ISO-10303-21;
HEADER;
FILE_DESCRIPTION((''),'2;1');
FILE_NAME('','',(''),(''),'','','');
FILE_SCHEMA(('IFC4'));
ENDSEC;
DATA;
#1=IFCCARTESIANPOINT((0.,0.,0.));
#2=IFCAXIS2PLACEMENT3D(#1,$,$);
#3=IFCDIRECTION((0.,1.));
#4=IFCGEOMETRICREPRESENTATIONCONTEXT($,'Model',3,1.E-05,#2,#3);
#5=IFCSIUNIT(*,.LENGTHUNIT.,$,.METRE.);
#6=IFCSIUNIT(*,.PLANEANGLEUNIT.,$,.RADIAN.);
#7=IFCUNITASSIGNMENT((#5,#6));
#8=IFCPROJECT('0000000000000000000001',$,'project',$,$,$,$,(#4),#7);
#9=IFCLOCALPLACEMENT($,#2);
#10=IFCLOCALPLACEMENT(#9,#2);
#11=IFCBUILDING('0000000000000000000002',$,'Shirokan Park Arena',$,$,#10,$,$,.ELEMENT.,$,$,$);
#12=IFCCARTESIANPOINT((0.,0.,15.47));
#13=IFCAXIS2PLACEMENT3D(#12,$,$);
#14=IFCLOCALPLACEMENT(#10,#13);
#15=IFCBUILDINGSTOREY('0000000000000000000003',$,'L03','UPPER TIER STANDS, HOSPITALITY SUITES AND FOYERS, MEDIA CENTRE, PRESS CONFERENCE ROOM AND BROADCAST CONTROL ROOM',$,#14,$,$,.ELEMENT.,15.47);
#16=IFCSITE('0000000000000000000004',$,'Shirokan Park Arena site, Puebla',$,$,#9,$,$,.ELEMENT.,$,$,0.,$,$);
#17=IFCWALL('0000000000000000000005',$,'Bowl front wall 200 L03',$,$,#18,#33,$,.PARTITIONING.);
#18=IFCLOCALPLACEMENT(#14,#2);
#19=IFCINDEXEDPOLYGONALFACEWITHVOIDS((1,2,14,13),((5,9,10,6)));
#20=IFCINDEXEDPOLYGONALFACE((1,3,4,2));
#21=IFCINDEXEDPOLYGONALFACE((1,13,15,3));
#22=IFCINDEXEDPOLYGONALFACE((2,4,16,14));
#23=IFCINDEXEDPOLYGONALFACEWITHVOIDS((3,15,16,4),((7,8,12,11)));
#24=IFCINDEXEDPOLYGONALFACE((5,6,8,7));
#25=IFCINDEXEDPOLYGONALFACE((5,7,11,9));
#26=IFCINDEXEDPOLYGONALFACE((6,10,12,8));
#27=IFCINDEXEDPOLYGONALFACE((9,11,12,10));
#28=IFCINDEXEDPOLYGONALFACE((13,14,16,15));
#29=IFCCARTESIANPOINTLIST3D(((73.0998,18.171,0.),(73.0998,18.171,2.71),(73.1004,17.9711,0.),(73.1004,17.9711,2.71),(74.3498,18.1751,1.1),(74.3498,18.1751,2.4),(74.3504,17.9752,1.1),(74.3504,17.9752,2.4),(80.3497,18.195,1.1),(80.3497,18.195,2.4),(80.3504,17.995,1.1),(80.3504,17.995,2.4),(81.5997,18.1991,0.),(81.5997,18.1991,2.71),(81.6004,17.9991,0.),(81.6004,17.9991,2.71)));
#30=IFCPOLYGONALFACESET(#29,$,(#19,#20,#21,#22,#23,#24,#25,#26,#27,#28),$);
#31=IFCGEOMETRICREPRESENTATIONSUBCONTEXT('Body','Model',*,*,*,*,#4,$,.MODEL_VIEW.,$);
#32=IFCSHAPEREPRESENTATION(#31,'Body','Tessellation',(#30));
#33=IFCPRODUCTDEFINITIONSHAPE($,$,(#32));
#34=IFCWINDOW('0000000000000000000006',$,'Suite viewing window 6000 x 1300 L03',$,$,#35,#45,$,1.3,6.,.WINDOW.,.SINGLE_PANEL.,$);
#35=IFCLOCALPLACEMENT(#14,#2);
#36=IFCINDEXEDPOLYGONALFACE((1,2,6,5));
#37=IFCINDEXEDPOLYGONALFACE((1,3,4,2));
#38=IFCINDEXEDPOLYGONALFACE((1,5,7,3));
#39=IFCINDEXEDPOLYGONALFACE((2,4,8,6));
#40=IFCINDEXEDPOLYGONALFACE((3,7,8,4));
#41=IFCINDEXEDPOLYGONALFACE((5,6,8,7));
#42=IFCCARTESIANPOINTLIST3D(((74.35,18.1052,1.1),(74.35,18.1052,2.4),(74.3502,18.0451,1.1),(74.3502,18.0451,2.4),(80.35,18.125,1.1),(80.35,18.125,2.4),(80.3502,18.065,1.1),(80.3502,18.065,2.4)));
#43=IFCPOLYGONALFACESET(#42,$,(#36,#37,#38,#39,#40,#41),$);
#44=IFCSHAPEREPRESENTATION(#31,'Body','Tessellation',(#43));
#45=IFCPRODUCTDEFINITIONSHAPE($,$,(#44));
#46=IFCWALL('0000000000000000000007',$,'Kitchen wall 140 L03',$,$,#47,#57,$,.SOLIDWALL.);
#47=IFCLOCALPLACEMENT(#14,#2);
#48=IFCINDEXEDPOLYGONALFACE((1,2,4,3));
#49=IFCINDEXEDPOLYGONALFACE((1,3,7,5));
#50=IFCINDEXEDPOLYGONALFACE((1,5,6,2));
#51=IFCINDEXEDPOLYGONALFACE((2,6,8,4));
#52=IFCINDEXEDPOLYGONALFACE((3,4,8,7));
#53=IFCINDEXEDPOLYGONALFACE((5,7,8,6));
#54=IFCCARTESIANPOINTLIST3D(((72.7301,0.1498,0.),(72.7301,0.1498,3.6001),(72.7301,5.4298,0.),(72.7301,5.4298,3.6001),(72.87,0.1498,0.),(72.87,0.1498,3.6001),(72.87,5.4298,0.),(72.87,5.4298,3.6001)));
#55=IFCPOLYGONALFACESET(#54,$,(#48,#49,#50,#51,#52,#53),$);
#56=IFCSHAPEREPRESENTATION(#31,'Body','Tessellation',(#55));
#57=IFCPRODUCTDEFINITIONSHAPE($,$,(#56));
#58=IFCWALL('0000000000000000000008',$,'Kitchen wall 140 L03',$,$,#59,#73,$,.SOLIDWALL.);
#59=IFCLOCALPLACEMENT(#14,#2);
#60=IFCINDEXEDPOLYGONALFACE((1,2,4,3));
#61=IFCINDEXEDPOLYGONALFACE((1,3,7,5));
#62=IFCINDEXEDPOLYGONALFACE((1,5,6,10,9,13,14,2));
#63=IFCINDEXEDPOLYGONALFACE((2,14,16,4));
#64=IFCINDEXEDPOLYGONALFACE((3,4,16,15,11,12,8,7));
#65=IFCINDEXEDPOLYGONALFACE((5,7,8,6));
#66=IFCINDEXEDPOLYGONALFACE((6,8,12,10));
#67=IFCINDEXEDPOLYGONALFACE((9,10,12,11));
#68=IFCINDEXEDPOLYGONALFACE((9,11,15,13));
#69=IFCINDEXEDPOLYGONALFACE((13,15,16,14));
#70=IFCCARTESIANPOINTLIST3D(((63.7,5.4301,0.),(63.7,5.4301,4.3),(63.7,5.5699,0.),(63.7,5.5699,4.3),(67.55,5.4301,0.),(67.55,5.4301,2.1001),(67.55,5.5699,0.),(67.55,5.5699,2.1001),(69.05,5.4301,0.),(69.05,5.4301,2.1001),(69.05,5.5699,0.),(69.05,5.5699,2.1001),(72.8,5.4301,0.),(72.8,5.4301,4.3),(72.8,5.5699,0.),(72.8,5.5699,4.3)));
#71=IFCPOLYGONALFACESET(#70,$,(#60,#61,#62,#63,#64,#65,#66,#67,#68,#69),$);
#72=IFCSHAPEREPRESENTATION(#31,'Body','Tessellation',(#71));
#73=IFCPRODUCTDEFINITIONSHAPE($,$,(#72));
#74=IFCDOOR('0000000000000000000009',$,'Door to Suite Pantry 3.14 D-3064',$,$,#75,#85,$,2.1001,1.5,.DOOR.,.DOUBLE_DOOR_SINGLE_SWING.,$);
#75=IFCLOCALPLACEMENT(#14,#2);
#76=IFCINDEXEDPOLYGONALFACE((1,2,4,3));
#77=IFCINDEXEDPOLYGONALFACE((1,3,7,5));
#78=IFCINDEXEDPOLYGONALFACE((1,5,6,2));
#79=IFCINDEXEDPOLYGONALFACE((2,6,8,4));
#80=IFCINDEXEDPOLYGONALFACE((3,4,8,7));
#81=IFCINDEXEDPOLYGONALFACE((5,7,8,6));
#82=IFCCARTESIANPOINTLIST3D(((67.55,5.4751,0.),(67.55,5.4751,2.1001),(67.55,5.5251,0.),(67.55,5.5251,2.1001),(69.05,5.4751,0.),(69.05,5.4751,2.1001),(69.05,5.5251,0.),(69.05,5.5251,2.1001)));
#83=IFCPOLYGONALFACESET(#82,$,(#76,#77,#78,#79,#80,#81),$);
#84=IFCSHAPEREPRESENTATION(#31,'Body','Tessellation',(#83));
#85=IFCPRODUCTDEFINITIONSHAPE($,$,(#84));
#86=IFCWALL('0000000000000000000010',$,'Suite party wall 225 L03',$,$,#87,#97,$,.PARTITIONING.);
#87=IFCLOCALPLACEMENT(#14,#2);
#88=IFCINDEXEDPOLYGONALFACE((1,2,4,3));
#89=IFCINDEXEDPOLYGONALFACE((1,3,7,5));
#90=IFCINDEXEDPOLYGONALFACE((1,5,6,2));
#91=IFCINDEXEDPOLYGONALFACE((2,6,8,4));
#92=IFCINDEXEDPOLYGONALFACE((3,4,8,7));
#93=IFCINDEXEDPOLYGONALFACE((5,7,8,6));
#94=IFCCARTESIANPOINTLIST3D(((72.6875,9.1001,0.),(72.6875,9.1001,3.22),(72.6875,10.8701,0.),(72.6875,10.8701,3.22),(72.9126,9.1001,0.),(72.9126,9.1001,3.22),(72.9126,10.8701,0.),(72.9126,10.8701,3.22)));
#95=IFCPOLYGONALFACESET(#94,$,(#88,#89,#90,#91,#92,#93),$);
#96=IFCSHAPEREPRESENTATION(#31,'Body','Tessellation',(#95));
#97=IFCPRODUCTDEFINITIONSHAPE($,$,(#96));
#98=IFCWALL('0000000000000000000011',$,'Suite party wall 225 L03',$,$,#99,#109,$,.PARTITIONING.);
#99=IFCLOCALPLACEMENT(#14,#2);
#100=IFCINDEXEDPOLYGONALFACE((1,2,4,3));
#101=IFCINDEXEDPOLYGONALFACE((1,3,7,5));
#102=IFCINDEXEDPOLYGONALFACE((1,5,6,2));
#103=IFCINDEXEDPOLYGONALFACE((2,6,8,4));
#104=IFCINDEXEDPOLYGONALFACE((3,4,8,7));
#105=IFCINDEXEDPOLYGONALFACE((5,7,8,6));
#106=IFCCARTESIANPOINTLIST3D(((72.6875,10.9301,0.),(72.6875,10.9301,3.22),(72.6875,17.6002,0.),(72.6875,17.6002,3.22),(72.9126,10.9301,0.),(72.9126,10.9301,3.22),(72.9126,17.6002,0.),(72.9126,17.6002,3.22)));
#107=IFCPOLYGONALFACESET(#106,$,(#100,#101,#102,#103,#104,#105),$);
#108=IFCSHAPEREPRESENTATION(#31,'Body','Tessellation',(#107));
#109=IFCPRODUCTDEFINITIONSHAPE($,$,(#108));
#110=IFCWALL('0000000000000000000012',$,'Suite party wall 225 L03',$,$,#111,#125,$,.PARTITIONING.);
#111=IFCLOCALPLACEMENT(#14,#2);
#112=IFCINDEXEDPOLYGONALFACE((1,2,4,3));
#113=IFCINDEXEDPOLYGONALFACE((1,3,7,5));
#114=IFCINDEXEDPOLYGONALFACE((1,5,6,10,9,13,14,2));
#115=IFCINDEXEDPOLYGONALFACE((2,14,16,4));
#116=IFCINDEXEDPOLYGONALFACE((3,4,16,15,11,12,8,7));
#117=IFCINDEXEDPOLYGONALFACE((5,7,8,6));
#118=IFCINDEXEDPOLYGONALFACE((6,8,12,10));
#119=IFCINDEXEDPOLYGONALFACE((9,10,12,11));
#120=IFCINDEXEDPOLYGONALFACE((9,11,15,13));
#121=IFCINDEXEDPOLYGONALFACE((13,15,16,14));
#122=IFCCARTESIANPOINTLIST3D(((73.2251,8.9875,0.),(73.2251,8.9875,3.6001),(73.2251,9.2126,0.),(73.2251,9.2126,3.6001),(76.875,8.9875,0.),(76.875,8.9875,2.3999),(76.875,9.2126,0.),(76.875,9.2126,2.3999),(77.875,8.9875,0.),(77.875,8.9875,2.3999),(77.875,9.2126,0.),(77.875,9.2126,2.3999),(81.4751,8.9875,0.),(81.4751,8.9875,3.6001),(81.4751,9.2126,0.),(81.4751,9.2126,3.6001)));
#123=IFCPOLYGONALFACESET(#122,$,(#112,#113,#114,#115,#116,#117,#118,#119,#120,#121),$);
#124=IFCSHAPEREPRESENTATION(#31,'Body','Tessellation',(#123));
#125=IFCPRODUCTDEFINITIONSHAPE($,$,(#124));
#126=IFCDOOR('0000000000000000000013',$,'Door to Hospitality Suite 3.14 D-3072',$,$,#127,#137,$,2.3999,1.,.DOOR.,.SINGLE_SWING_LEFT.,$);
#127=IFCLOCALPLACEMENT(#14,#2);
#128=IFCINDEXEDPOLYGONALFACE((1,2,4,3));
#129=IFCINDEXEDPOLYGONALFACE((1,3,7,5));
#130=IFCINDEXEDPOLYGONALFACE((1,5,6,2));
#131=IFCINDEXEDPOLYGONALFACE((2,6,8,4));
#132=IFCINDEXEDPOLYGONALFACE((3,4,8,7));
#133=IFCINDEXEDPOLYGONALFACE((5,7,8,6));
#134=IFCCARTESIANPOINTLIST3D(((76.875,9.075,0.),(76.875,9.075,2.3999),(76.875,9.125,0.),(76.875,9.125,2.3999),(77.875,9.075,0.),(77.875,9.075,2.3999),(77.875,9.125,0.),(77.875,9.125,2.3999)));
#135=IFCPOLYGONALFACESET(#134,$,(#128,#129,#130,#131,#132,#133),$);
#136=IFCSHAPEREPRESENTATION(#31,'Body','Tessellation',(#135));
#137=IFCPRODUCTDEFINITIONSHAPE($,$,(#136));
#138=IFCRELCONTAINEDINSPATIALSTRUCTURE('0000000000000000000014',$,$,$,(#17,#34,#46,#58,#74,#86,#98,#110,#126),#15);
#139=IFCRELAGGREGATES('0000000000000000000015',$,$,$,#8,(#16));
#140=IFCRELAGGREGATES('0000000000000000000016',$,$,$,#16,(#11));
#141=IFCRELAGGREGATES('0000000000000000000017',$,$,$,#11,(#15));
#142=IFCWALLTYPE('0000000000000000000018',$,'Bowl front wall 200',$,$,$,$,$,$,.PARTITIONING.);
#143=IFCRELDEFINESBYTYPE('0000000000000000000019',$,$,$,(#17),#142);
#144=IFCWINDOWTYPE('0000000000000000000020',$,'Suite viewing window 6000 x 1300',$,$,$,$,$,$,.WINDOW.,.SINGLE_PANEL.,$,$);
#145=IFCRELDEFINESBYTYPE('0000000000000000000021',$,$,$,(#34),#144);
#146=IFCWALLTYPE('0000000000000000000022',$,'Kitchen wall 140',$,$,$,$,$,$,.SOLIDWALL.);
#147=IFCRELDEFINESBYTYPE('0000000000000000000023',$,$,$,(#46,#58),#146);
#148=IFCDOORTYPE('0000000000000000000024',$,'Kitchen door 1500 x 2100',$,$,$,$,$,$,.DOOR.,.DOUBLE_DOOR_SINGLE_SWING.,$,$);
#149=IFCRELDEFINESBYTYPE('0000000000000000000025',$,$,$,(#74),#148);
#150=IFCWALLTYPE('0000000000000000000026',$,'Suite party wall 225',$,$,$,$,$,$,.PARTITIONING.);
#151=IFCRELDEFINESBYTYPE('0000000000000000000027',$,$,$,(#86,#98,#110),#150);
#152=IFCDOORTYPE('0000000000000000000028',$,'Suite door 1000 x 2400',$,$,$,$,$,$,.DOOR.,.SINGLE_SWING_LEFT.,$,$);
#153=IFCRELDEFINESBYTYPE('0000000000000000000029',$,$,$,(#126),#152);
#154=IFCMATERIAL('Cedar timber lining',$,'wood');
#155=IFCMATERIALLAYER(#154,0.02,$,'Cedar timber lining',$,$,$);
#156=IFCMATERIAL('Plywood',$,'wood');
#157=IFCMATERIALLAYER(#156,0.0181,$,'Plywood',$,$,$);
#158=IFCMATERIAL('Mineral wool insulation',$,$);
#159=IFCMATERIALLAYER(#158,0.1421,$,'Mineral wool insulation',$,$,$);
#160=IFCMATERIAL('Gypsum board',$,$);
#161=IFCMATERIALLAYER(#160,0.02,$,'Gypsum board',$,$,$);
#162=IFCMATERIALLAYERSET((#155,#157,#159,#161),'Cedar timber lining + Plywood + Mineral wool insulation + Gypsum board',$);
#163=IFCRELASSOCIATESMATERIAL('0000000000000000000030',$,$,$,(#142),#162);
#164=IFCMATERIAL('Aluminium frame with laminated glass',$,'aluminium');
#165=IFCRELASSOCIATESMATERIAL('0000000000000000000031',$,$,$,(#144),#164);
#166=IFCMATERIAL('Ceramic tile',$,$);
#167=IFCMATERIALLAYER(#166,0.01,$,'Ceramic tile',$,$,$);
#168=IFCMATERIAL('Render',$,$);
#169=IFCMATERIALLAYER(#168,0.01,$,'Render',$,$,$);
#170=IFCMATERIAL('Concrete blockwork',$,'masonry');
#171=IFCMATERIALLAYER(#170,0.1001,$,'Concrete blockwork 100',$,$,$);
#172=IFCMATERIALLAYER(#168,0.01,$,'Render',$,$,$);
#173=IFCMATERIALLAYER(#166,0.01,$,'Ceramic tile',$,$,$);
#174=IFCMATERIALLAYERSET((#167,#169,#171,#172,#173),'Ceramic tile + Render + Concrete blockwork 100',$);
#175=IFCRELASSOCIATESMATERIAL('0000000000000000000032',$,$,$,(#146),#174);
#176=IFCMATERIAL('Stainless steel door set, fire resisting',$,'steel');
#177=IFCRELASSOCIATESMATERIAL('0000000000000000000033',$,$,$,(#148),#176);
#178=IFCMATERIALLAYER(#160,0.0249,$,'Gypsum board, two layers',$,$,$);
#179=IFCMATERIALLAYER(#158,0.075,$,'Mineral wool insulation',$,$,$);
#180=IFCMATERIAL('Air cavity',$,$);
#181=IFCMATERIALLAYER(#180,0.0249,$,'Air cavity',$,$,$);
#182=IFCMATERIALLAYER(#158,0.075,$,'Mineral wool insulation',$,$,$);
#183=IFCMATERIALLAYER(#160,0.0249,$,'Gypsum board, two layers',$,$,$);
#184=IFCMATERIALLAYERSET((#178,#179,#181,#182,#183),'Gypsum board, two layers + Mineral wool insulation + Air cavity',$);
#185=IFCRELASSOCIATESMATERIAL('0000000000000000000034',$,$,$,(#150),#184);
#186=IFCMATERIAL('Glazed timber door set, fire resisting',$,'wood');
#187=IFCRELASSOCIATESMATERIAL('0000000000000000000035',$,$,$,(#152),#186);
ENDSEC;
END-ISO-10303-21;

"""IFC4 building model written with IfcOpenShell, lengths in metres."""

from ifc_helpers import new_model, si_unit, direction, frame, frame_2d, origin, place, context, subcontext, project, spatial, rectangle, extrude, material, layer, layer_set, type_object, element, fill, save


model = new_model("IFC4")

# Units and contexts
model_context = context("Model", 3, precision=1e-05, world=origin(), true_north=direction((0.0, 1.0)))
body_context = subcontext(model_context, "Body", "Model", "MODEL_VIEW")
ifc_project = project(units=[si_unit("LENGTHUNIT", "METRE"), si_unit("PLANEANGLEUNIT", "RADIAN")], contexts=[model_context])

# Site, building, storey
site_placement = place(None, origin())
site = spatial("IfcSite", under=ifc_project, at=site_placement, Name="Shirokan Park Arena site, Puebla", CompositionType="ELEMENT", RefElevation=0.0)
building_placement = place(site_placement, origin())
building = spatial("IfcBuilding", under=site, at=building_placement, Name="Shirokan Park Arena", CompositionType="ELEMENT")
storey_placement = place(building_placement, frame((0.0, 0.0, 15.47)))
storey = spatial("IfcBuildingStorey", under=building, at=storey_placement, Name="L03", Description="UPPER TIER STANDS, HOSPITALITY SUITES AND FOYERS, MEDIA CENTRE, PRESS CONFERENCE ROOM AND BROADCAST CONTROL ROOM", CompositionType="ELEMENT", Elevation=15.47)

# Wall, opening, window
ifc_material_1 = material(Name="Cedar timber lining", Category="wood")
ifc_layer_1 = layer(ifc_material_1, 0.02, Name="Cedar timber lining")
ifc_material_2 = material(Name="Plywood", Category="wood")
ifc_layer_2 = layer(ifc_material_2, 0.0181, Name="Plywood")
ifc_material_3 = material(Name="Mineral wool insulation")
ifc_layer_3 = layer(ifc_material_3, 0.1421, Name="Mineral wool insulation")
ifc_material_4 = material(Name="Gypsum board")
ifc_layer_4 = layer(ifc_material_4, 0.02, Name="Gypsum board")
ifc_layer_set_1 = layer_set([ifc_layer_1, ifc_layer_2, ifc_layer_3, ifc_layer_4], Name="Cedar timber lining + Plywood + Mineral wool insulation + Gypsum board")
wall_type_1 = type_object("IfcWallType", Name="Bowl front wall 200", PredefinedType="PARTITIONING", material=ifc_layer_set_1)
wall_1_placement = place(storey_placement, frame((73.1001, 18.071, 0.0), z_axis=(0.0, 0.0, 1.0), x_axis=(0.999995, 0.003303, 0.0)))
wall_1 = element("IfcWall", 1, at=wall_1_placement, inside=storey, type_object=wall_type_1, Name="Bowl front wall 200 L03", PredefinedType="PARTITIONING", context=body_context, shape_type="SweptSolid", body=[
    extrude(rectangle(XDim=8.5, YDim=0.2, at=frame_2d((4.25, 0.0))), origin(), (0.0, 0.0, 1.0), 2.71),
])
opening_1_placement = place(wall_1_placement, frame((1.25, 0.0, 1.1001)))
opening_1 = element("IfcOpeningElement", 2, at=opening_1_placement, cuts=wall_1, PredefinedType="OPENING", context=body_context, shape_type="SweptSolid", body=[
    extrude(rectangle(XDim=6.0, YDim=1.3, at=frame_2d((3.0, 0.6499))), frame((0.0, 0.1099, 0.0), z_axis=(0.0, -1.0, 0.0), x_axis=(1.0, 0.0, 0.0)), (0.0, 0.0, 1.0), 0.22),
])
ifc_material_5 = material(Name="Aluminium frame with laminated glass", Category="aluminium")
window_type = type_object("IfcWindowType", Name="Suite viewing window 6000 x 1300", PartitioningType="SINGLE_PANEL", PredefinedType="WINDOW", material=ifc_material_5)
window_placement = place(opening_1_placement, origin())
window = element("IfcWindow", 3, at=window_placement, inside=storey, type_object=window_type, Name="Suite viewing window 6000 x 1300 L03", OverallHeight=1.3, OverallWidth=6.0, PartitioningType="SINGLE_PANEL", PredefinedType="WINDOW", context=body_context, shape_type="SweptSolid", body=[
    extrude(rectangle(XDim=6.0, YDim=1.3, at=frame_2d((3.0, 0.6499))), frame((0.0, 0.03, 0.0), z_axis=(0.0, -1.0, 0.0), x_axis=(1.0, 0.0, 0.0)), (0.0, 0.0, 1.0), 0.0601),
])
fill(opening_1, window)

# Wall
ifc_material_6 = material(Name="Ceramic tile")
ifc_layer_5 = layer(ifc_material_6, 0.01, Name="Ceramic tile")
ifc_material_7 = material(Name="Render")
ifc_layer_6 = layer(ifc_material_7, 0.01, Name="Render")
ifc_material_8 = material(Name="Concrete blockwork", Category="masonry")
ifc_layer_7 = layer(ifc_material_8, 0.1001, Name="Concrete blockwork 100")
ifc_layer_8 = layer(ifc_material_7, 0.01, Name="Render")
ifc_layer_9 = layer(ifc_material_6, 0.01, Name="Ceramic tile")
ifc_layer_set_2 = layer_set([ifc_layer_5, ifc_layer_6, ifc_layer_7, ifc_layer_8, ifc_layer_9], Name="Ceramic tile + Render + Concrete blockwork 100")
wall_type_2 = type_object("IfcWallType", Name="Kitchen wall 140", PredefinedType="SOLIDWALL", material=ifc_layer_set_2)
wall_2_placement = place(storey_placement, frame((72.8, 5.4299, 0.0), z_axis=(0.0, 0.0, 1.0), x_axis=(0.0, -1.0, 0.0)))
element("IfcWall", 4, at=wall_2_placement, inside=storey, type_object=wall_type_2, Name="Kitchen wall 140 L03", PredefinedType="SOLIDWALL", context=body_context, shape_type="SweptSolid", body=[
    extrude(rectangle(XDim=5.28, YDim=0.1399, at=frame_2d((2.6401, 0.0))), origin(), (0.0, 0.0, 1.0), 3.6001),
])

# Wall, opening, door
wall_3_placement = place(storey_placement, frame((72.8, 5.5, 0.0), z_axis=(0.0, 0.0, 1.0), x_axis=(-1.0, 0.0, 0.0)))
wall_3 = element("IfcWall", 5, at=wall_3_placement, inside=storey, type_object=wall_type_2, Name="Kitchen wall 140 L03", PredefinedType="SOLIDWALL", context=body_context, shape_type="SweptSolid", body=[
    extrude(rectangle(XDim=9.1001, YDim=0.1399, at=frame_2d((4.55, 0.0))), origin(), (0.0, 0.0, 1.0), 4.3),
])
opening_2_placement = place(wall_3_placement, frame((3.75, 0.0, 0.0)))
opening_2 = element("IfcOpeningElement", 6, at=opening_2_placement, cuts=wall_3, PredefinedType="OPENING", context=body_context, shape_type="SweptSolid", body=[
    extrude(rectangle(XDim=1.5, YDim=2.1001, at=frame_2d((0.75, 1.05))), frame((0.0, 0.0798, 0.0), z_axis=(0.0, -1.0, 0.0), x_axis=(1.0, 0.0, 0.0)), (0.0, 0.0, 1.0), 0.1599),
])
ifc_material_9 = material(Name="Stainless steel door set, fire resisting", Category="steel")
door_type_1 = type_object("IfcDoorType", Name="Kitchen door 1500 x 2100", OperationType="DOUBLE_DOOR_SINGLE_SWING", PredefinedType="DOOR", material=ifc_material_9)
door_1_placement = place(opening_2_placement, origin())
door_1 = element("IfcDoor", 7, at=door_1_placement, inside=storey, type_object=door_type_1, Name="Door to Suite Pantry 3.14 D-3064", OperationType="DOUBLE_DOOR_SINGLE_SWING", OverallHeight=2.1001, OverallWidth=1.5, PredefinedType="DOOR", context=body_context, shape_type="SweptSolid", body=[
    extrude(rectangle(XDim=1.5, YDim=2.1001, at=frame_2d((0.75, 1.05))), frame((0.0, 0.0249, 0.0), z_axis=(0.0, -1.0, 0.0), x_axis=(1.0, 0.0, 0.0)), (0.0, 0.0, 1.0), 0.05),
])
fill(opening_2, door_1)

# Walls
ifc_layer_10 = layer(ifc_material_4, 0.0249, Name="Gypsum board, two layers")
ifc_layer_11 = layer(ifc_material_3, 0.075, Name="Mineral wool insulation")
ifc_material_10 = material(Name="Air cavity")
ifc_layer_12 = layer(ifc_material_10, 0.0249, Name="Air cavity")
ifc_layer_13 = layer(ifc_material_3, 0.075, Name="Mineral wool insulation")
ifc_layer_14 = layer(ifc_material_4, 0.0249, Name="Gypsum board, two layers")
ifc_layer_set_3 = layer_set([ifc_layer_10, ifc_layer_11, ifc_layer_12, ifc_layer_13, ifc_layer_14], Name="Gypsum board, two layers + Mineral wool insulation + Air cavity")
wall_type_3 = type_object("IfcWallType", Name="Suite party wall 225", PredefinedType="PARTITIONING", material=ifc_layer_set_3)
wall_4_placement = place(storey_placement, frame((72.8, 10.8701, 0.0), z_axis=(0.0, 0.0, 1.0), x_axis=(0.0, -1.0, 0.0)))
element("IfcWall", 8, at=wall_4_placement, inside=storey, type_object=wall_type_3, Name="Suite party wall 225 L03", PredefinedType="PARTITIONING", context=body_context, shape_type="SweptSolid", body=[
    extrude(rectangle(XDim=1.77, YDim=0.2251, at=frame_2d((0.885, 0.0))), origin(), (0.0, 0.0, 1.0), 3.22),
])
wall_5_placement = place(storey_placement, frame((72.8, 17.6001, 0.0), z_axis=(0.0, 0.0, 1.0), x_axis=(0.0, -1.0, 0.0)))
element("IfcWall", 9, at=wall_5_placement, inside=storey, type_object=wall_type_3, Name="Suite party wall 225 L03", PredefinedType="PARTITIONING", context=body_context, shape_type="SweptSolid", body=[
    extrude(rectangle(XDim=6.6702, YDim=0.2251, at=frame_2d((3.335, 0.0))), origin(), (0.0, 0.0, 1.0), 3.22),
])

# Wall, opening, door
wall_6_placement = place(storey_placement, frame((73.2251, 9.1001, 0.0), z_axis=(0.0, 0.0, 1.0), x_axis=(1.0, 0.0, 0.0)))
wall_6 = element("IfcWall", 10, at=wall_6_placement, inside=storey, type_object=wall_type_3, Name="Suite party wall 225 L03", PredefinedType="PARTITIONING", context=body_context, shape_type="SweptSolid", body=[
    extrude(rectangle(XDim=8.25, YDim=0.2251, at=frame_2d((4.125, 0.0))), origin(), (0.0, 0.0, 1.0), 3.6001),
])
opening_3_placement = place(wall_6_placement, frame((3.6499, 0.0, 0.0)))
opening_3 = element("IfcOpeningElement", 11, at=opening_3_placement, cuts=wall_6, PredefinedType="OPENING", context=body_context, shape_type="SweptSolid", body=[
    extrude(rectangle(XDim=1.0, YDim=2.3999, at=frame_2d((0.5, 1.2))), frame((0.0, 0.1226, 0.0), z_axis=(0.0, -1.0, 0.0), x_axis=(1.0, 0.0, 0.0)), (0.0, 0.0, 1.0), 0.2451),
])
ifc_material_11 = material(Name="Glazed timber door set, fire resisting", Category="wood")
door_type_2 = type_object("IfcDoorType", Name="Suite door 1000 x 2400", OperationType="SINGLE_SWING_LEFT", PredefinedType="DOOR", material=ifc_material_11)
door_2_placement = place(opening_3_placement, origin())
door_2 = element("IfcDoor", 12, at=door_2_placement, inside=storey, type_object=door_type_2, Name="Door to Hospitality Suite 3.14 D-3072", OperationType="SINGLE_SWING_LEFT", OverallHeight=2.3999, OverallWidth=1.0, PredefinedType="DOOR", context=body_context, shape_type="SweptSolid", body=[
    extrude(rectangle(XDim=1.0, YDim=2.3999, at=frame_2d((0.5, 1.2))), frame((0.0, 0.0249, 0.0), z_axis=(0.0, -1.0, 0.0), x_axis=(1.0, 0.0, 0.0)), (0.0, 0.0, 1.0), 0.05),
])
fill(opening_3, door_2)

save(model, "model.ifc")
